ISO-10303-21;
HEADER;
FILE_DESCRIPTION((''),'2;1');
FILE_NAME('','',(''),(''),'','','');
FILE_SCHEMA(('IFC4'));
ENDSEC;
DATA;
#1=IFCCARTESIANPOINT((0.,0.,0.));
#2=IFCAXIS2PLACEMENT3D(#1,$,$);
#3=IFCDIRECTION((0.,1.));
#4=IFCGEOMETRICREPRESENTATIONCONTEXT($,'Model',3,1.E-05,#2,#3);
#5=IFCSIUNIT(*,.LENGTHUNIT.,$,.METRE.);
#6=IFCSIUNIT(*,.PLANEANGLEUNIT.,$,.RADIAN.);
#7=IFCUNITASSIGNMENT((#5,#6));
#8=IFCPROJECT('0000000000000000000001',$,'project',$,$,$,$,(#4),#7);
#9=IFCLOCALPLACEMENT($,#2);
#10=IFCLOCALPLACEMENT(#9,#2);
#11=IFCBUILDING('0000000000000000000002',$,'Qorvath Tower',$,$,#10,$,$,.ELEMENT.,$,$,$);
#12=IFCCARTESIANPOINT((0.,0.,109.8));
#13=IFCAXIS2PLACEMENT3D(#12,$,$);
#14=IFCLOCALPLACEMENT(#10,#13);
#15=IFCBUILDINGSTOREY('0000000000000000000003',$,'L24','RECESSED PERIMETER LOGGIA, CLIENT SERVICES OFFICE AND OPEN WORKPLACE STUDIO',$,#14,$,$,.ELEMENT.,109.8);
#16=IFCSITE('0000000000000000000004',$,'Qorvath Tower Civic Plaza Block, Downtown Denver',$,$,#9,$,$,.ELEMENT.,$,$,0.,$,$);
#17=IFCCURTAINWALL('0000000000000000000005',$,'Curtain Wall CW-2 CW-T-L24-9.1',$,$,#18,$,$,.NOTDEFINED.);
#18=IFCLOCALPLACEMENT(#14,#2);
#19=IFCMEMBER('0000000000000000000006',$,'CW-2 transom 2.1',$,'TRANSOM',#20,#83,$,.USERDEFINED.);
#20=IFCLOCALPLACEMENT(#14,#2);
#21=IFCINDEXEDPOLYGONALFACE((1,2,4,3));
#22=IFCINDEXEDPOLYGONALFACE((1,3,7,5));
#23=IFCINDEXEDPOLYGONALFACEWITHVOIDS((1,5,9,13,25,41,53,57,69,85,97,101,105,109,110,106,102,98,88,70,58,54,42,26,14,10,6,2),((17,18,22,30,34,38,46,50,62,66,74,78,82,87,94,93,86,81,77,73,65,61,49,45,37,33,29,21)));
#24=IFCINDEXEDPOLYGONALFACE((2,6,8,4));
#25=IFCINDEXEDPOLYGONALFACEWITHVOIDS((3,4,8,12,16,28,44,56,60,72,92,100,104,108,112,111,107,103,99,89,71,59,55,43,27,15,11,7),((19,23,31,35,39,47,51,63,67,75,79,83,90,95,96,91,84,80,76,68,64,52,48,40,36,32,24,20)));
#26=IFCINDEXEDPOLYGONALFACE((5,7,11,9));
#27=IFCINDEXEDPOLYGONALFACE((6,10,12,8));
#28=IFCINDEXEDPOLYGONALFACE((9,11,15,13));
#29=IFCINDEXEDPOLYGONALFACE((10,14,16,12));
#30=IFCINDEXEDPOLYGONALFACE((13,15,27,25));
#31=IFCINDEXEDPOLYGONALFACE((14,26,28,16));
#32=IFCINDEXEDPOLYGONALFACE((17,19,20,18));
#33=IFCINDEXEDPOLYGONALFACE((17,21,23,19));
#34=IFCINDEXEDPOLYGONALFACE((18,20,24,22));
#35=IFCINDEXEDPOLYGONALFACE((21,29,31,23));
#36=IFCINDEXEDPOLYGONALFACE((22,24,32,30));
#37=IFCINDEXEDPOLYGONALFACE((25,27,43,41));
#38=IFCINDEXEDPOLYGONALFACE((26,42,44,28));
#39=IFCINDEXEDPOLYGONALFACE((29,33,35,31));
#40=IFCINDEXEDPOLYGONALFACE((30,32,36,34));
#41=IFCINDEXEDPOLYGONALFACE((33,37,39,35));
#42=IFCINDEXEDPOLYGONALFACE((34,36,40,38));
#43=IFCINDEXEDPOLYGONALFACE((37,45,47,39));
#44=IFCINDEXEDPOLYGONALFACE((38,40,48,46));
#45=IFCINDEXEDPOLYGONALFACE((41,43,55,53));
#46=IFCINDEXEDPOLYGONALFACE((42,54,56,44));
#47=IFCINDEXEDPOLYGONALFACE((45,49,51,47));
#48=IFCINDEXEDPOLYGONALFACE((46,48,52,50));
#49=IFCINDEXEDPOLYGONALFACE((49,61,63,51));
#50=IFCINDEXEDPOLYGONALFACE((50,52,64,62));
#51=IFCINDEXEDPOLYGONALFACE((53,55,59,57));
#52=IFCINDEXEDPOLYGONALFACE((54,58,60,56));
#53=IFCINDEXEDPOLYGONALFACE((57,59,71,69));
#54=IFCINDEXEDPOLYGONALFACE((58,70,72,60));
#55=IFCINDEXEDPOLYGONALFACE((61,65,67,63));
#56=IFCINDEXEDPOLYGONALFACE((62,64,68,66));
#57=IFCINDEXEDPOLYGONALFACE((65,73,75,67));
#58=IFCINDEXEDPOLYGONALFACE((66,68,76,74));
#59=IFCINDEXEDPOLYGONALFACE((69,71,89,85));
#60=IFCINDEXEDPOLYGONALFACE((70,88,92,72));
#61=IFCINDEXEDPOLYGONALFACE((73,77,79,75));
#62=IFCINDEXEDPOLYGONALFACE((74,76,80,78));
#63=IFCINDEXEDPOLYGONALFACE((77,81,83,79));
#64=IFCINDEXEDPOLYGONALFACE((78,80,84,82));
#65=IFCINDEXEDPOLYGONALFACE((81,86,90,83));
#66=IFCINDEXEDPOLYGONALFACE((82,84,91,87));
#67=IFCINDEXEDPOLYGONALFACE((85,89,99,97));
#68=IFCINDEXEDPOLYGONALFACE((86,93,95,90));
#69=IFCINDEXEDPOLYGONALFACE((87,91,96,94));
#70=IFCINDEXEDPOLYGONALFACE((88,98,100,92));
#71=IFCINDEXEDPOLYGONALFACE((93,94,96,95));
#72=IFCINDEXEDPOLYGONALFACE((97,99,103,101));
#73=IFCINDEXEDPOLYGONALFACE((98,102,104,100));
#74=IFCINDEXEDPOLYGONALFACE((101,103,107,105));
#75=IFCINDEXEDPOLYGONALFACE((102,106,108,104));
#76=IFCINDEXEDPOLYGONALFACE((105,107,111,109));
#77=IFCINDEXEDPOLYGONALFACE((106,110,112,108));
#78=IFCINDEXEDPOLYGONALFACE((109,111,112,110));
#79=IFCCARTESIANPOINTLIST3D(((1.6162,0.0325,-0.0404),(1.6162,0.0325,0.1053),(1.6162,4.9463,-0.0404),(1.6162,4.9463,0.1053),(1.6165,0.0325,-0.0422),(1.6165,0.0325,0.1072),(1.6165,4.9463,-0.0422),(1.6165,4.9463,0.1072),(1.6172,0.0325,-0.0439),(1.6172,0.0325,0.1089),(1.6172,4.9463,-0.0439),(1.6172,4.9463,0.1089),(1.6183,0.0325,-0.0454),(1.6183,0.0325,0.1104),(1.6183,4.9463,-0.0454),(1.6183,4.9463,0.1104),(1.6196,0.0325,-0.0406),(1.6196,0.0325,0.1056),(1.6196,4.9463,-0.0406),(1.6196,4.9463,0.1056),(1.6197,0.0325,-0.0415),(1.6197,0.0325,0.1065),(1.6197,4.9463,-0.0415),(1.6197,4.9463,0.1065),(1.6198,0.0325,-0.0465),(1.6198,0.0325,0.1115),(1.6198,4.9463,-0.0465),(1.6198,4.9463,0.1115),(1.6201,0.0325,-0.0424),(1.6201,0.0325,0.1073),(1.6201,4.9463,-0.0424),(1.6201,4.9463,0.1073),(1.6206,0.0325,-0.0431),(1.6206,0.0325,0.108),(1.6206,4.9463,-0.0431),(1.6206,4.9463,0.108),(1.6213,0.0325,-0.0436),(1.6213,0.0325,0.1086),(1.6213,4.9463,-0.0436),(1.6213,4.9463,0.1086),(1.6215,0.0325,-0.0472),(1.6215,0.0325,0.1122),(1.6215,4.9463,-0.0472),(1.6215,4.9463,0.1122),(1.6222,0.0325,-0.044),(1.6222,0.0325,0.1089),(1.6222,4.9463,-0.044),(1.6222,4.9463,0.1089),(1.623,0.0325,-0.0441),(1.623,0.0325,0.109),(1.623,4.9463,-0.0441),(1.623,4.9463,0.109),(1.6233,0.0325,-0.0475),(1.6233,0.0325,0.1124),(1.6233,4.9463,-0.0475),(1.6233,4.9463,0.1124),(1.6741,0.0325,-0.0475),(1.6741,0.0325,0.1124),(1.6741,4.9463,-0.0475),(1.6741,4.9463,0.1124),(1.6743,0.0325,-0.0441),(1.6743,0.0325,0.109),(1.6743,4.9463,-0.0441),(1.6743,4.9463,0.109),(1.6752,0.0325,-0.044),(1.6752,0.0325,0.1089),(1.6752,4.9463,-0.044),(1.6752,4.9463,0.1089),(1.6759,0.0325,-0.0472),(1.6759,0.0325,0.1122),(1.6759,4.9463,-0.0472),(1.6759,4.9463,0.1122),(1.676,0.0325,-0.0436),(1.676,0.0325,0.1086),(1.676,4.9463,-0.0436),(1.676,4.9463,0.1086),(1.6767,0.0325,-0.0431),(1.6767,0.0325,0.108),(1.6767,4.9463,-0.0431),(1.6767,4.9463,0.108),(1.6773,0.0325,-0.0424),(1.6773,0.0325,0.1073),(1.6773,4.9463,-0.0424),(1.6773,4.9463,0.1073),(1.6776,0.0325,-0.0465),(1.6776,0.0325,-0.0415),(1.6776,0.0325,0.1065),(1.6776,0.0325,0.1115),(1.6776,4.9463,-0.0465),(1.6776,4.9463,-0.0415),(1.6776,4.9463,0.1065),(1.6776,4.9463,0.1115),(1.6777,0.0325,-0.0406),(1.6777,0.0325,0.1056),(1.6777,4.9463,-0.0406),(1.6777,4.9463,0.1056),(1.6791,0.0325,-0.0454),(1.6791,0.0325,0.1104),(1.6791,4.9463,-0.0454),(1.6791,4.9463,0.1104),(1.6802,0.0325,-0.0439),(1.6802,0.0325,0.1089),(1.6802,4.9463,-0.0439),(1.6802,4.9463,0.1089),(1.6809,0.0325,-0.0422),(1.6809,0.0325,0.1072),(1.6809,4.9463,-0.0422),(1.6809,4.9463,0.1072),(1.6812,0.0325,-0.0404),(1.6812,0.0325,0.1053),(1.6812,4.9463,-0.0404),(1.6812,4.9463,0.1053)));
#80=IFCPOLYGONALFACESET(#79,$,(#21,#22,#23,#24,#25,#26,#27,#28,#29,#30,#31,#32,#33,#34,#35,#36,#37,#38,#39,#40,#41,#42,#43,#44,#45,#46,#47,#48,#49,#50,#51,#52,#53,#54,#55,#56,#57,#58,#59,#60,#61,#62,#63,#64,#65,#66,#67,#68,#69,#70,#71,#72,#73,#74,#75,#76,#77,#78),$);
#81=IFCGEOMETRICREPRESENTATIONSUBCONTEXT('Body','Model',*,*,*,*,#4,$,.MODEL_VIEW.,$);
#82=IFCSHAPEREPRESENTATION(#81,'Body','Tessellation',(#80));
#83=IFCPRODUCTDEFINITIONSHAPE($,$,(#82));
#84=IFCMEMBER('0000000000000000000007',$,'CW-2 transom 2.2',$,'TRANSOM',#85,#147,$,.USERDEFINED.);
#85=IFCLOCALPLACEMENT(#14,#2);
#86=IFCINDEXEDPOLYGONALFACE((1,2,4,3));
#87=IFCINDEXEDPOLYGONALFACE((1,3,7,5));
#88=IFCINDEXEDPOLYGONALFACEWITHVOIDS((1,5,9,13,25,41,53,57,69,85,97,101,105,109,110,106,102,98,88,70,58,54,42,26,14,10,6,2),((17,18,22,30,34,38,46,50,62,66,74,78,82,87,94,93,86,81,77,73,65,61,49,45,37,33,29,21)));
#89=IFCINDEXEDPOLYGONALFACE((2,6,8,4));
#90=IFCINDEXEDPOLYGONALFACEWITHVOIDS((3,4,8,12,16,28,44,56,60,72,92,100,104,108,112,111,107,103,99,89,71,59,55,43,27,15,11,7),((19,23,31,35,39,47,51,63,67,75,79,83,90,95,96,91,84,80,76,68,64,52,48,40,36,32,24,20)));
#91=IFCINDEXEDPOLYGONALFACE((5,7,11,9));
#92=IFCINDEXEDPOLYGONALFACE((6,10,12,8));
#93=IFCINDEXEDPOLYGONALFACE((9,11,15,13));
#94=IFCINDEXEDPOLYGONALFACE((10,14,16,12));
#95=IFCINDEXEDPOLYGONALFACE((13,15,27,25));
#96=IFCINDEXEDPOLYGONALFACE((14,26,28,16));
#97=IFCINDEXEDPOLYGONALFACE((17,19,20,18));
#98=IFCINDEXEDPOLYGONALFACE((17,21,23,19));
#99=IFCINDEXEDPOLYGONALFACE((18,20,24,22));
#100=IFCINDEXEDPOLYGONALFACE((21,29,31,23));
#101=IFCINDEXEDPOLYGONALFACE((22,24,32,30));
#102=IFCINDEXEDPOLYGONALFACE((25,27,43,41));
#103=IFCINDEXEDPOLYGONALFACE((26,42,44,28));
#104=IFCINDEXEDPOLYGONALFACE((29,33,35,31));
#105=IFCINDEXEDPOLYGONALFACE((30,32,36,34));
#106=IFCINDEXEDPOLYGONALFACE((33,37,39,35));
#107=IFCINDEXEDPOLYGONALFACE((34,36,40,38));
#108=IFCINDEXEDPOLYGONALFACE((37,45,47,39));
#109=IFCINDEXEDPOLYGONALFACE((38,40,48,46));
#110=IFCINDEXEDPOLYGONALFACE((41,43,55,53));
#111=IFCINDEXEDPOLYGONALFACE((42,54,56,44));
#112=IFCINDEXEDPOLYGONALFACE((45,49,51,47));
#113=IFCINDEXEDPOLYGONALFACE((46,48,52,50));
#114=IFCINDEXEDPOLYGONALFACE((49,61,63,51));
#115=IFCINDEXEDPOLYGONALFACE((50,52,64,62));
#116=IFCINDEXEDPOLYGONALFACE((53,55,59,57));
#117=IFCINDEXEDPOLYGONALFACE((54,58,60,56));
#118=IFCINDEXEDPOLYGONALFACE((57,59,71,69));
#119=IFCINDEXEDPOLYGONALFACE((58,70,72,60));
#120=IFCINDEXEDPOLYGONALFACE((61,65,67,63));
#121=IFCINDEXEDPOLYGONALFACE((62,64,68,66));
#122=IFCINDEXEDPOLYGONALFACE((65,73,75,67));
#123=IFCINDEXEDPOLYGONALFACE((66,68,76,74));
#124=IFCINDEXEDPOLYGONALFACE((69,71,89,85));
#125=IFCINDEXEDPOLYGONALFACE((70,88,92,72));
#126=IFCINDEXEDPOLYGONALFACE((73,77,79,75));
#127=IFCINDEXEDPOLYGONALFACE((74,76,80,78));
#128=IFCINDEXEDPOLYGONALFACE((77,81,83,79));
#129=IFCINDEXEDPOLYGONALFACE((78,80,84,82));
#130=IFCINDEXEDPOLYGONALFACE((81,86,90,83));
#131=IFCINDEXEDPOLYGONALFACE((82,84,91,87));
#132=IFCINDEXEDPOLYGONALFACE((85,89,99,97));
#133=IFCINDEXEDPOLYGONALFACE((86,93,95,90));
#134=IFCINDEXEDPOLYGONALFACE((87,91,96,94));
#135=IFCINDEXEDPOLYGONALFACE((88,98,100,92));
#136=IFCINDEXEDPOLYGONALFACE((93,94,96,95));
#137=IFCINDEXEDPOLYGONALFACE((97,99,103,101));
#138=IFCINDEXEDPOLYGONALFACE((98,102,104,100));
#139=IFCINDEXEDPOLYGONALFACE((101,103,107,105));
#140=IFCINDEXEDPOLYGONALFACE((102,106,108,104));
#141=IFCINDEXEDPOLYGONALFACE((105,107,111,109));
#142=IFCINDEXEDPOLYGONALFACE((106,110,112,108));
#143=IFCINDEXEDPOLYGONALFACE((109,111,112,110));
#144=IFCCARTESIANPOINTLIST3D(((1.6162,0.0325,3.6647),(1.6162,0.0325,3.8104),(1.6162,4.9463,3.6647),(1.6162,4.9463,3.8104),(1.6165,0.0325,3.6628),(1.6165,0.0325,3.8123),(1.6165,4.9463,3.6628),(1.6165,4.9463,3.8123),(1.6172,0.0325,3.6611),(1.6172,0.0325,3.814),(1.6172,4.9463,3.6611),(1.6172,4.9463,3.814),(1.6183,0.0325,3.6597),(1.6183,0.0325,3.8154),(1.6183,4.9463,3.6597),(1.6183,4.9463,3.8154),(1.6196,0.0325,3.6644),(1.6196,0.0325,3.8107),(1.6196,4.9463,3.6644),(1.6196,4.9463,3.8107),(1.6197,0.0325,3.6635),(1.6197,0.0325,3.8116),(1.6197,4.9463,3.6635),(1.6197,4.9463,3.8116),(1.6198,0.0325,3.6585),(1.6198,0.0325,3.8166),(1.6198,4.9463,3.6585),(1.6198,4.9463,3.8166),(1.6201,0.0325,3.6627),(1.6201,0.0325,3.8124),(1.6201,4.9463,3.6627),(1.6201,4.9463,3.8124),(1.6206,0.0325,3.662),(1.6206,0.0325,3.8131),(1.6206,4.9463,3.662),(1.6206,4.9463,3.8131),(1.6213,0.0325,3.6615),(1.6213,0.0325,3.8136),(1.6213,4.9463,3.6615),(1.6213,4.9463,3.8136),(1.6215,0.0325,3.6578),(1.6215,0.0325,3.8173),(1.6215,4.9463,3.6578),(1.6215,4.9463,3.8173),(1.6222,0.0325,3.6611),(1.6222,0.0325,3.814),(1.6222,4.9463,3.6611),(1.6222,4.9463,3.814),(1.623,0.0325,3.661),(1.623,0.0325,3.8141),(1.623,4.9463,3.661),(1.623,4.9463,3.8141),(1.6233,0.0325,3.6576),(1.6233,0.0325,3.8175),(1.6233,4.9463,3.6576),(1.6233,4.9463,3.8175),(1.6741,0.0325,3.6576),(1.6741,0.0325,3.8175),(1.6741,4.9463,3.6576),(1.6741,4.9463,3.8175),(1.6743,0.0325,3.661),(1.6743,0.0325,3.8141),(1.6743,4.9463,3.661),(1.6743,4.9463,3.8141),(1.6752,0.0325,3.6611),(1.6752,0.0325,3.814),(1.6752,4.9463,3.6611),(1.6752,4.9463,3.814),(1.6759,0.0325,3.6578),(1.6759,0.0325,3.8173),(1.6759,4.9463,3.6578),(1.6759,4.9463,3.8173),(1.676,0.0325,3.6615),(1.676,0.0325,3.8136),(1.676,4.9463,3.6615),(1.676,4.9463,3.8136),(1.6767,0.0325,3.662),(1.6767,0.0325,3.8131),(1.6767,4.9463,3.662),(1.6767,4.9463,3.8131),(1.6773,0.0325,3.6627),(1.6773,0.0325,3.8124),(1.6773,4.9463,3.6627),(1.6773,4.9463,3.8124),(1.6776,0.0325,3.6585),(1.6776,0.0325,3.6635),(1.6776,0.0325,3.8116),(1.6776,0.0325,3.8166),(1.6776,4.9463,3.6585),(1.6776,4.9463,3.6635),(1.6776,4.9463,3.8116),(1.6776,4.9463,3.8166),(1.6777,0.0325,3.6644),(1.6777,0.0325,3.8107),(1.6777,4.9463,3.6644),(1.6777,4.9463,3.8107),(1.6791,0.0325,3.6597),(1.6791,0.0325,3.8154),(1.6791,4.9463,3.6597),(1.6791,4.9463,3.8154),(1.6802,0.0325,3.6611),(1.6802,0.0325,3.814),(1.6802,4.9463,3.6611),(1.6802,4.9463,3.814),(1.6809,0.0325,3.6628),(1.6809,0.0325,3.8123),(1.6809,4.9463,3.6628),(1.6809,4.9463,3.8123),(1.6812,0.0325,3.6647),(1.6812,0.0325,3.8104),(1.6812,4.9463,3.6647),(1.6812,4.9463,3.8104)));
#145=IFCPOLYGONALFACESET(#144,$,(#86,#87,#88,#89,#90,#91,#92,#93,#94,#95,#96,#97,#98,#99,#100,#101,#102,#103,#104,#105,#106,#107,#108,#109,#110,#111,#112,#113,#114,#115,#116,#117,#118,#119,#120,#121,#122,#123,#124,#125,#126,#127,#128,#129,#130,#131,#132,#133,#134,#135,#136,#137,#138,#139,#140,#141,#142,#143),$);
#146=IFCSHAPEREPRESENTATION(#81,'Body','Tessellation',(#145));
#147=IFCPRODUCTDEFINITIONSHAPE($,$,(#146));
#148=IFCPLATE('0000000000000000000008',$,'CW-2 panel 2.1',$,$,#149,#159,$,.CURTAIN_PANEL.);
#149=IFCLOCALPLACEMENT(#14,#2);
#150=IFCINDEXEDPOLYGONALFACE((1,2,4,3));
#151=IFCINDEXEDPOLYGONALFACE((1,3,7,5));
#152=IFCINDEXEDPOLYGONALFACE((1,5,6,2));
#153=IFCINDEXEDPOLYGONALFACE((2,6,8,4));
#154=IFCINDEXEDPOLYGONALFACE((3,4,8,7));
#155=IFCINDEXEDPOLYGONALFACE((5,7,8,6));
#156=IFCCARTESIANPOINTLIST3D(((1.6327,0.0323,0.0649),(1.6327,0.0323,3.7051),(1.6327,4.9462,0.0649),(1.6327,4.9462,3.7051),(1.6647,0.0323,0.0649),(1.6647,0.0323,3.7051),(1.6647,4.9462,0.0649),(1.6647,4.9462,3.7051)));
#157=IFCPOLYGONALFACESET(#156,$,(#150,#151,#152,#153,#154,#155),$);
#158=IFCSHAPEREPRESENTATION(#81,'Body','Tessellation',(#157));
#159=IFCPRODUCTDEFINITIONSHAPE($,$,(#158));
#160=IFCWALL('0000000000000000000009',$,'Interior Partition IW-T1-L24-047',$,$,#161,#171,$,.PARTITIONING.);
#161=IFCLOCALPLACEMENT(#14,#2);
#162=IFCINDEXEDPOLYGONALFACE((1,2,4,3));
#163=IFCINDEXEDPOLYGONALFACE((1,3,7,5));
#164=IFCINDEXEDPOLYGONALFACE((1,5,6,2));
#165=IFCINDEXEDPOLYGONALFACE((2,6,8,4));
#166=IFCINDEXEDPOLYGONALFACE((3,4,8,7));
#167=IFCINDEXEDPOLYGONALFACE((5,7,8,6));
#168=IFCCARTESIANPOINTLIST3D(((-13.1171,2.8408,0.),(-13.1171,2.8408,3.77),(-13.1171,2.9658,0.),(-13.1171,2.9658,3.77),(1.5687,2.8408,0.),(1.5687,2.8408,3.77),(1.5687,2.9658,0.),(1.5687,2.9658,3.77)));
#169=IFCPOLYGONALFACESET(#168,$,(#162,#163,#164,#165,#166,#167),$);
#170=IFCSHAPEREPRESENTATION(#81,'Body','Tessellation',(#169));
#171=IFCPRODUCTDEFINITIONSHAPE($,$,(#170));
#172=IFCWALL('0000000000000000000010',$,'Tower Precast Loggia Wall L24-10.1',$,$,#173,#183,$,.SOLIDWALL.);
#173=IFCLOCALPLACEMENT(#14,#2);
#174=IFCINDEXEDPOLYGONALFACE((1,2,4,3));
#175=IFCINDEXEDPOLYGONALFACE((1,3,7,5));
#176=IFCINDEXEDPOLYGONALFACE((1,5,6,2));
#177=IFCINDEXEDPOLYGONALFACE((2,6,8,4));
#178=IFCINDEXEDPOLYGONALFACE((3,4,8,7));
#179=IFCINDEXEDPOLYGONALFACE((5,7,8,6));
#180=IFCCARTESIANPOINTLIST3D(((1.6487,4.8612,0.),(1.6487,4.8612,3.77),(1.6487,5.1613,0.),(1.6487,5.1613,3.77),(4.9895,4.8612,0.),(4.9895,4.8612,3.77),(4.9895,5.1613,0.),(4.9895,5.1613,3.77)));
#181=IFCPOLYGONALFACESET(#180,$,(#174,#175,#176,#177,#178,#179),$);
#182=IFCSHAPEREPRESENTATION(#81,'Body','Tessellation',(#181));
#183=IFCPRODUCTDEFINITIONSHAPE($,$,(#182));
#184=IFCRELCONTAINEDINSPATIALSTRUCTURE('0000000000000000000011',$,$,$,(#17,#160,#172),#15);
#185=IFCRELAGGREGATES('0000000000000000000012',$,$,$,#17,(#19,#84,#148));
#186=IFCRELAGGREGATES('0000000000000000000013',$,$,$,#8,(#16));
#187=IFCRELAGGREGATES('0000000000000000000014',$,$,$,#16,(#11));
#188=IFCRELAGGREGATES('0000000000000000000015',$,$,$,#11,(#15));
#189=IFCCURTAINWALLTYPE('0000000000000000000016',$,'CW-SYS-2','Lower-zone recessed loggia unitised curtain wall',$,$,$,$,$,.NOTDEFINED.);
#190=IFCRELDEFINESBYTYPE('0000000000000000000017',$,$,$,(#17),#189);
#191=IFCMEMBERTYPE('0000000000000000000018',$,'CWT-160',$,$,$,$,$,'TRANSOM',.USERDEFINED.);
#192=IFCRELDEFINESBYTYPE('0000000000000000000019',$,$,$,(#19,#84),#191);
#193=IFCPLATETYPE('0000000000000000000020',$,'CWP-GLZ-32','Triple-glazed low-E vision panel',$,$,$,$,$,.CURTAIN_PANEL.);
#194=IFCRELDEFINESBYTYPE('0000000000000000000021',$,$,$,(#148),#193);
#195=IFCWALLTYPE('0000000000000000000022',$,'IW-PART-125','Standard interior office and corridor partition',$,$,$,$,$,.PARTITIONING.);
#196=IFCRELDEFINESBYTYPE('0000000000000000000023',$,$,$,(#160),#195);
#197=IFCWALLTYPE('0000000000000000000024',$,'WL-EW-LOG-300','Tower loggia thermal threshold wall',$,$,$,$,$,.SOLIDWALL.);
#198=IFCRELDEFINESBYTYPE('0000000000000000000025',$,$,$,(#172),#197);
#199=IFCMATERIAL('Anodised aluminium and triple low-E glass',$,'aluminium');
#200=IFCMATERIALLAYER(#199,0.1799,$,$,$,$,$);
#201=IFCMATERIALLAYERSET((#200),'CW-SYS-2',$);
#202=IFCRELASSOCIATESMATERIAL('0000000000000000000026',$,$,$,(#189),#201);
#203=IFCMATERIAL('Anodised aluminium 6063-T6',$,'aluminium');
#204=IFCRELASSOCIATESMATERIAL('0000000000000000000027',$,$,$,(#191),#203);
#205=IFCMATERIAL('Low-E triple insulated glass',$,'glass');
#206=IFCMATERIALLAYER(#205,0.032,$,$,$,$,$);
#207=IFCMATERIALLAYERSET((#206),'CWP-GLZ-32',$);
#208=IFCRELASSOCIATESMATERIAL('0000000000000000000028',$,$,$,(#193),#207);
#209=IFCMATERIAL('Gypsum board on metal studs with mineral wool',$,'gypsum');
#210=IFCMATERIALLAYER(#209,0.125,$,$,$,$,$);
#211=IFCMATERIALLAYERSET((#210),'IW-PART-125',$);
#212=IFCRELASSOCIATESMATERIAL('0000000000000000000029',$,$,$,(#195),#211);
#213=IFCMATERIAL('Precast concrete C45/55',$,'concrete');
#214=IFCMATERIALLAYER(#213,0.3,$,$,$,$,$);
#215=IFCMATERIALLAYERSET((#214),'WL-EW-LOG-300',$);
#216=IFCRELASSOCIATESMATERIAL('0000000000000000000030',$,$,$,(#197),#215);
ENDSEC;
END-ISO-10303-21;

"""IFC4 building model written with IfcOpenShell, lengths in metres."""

from ifc_helpers import new_model, si_unit, direction, frame, frame_2d, origin, origin_2d, place, context, subcontext, project, spatial, rectangle, hollow_rectangle, extrude, material, layer, layer_set, material_profile, profile_set, type_object, element, aggregate, save


model = new_model("IFC4")

# Units and contexts
model_context = context("Model", 3, precision=1e-05, world=origin(), true_north=direction((0.0, 1.0)))
body_context = subcontext(model_context, "Body", "Model", "MODEL_VIEW")
ifc_project = project(units=[si_unit("LENGTHUNIT", "METRE"), si_unit("PLANEANGLEUNIT", "RADIAN")], contexts=[model_context])

# Site, building, storey
site_placement = place(None, origin())
site = spatial("IfcSite", under=ifc_project, at=site_placement, Name="Qorvath Tower Civic Plaza Block, Downtown Denver", CompositionType="ELEMENT", RefElevation=0.0)
building_placement = place(site_placement, origin())
building = spatial("IfcBuilding", under=site, at=building_placement, Name="Qorvath Tower", CompositionType="ELEMENT")
storey_placement = place(building_placement, frame((0.0, 0.0, 109.8)))
storey = spatial("IfcBuildingStorey", under=building, at=storey_placement, Name="L24", Description="RECESSED PERIMETER LOGGIA, CLIENT SERVICES OFFICE AND OPEN WORKPLACE STUDIO", CompositionType="ELEMENT", Elevation=109.8)

# Curtain wall, members, plate
ifc_material_1 = material(Name="Anodised aluminium and triple low-E glass", Category="aluminium")
ifc_layer_1 = layer(ifc_material_1, 0.1799)
ifc_layer_set_1 = layer_set([ifc_layer_1], Name="CW-SYS-2")
curtain_wall_type = type_object("IfcCurtainWallType", Name="CW-SYS-2", Description="Lower-zone recessed loggia unitised curtain wall", PredefinedType="NOTDEFINED", material=ifc_layer_set_1)
curtain_wall_placement = place(storey_placement, origin())
curtain_wall = element("IfcCurtainWall", 1, at=curtain_wall_placement, inside=storey, type_object=curtain_wall_type, Name="Curtain Wall CW-2 CW-T-L24-9.1", PredefinedType="NOTDEFINED")
ifc_material_2 = material(Name="Anodised aluminium 6063-T6", Category="aluminium")
ifc_material_profile_1 = material_profile(ifc_material_2, hollow_rectangle(XDim=0.0649, YDim=0.1599, WallThickness=0.0034, InnerFilletRadius=0.0034, OuterFilletRadius=0.0071, at=origin_2d()), Name="CWT 160x65")
ifc_profile_set_1 = profile_set([ifc_material_profile_1], Name="Anodised aluminium 6063-T6")
member_type_1 = type_object("IfcMemberType", Name="CWT-160", ElementType="TRANSOM", PredefinedType="USERDEFINED", material=ifc_profile_set_1)
member_1_placement = place(storey_placement, frame((1.6487, 0.0325, 0.0325), z_axis=(0.0, 1.0, 0.0), x_axis=(-1.0, 0.0, 0.0)))
member_1 = element("IfcMember", 2, at=member_1_placement, type_object=member_type_1, Name="CW-2 transom 2.1", ObjectType="TRANSOM", PredefinedType="USERDEFINED", context=body_context, shape_type="SweptSolid", body=[
    extrude(hollow_rectangle(XDim=0.0649, YDim=0.1599, WallThickness=0.0034, InnerFilletRadius=0.0034, OuterFilletRadius=0.0071, at=origin_2d()), origin(), (0.0, 0.0, 1.0), 4.9138),
])
member_2_placement = place(storey_placement, frame((1.6487, 0.0325, 3.7375), z_axis=(0.0, 1.0, 0.0), x_axis=(-1.0, 0.0, 0.0)))
member_2 = element("IfcMember", 3, at=member_2_placement, type_object=member_type_1, Name="CW-2 transom 2.2", ObjectType="TRANSOM", PredefinedType="USERDEFINED", context=body_context, shape_type="SweptSolid", body=[
    extrude(hollow_rectangle(XDim=0.0649, YDim=0.1599, WallThickness=0.0034, InnerFilletRadius=0.0034, OuterFilletRadius=0.0071, at=origin_2d()), origin(), (0.0, 0.0, 1.0), 4.9138),
])
ifc_material_3 = material(Name="Low-E triple insulated glass", Category="glass")
ifc_layer_2 = layer(ifc_material_3, 0.032)
ifc_layer_set_2 = layer_set([ifc_layer_2], Name="CWP-GLZ-32")
plate_type = type_object("IfcPlateType", Name="CWP-GLZ-32", Description="Triple-glazed low-E vision panel", PredefinedType="CURTAIN_PANEL", material=ifc_layer_set_2)
plate_placement = place(storey_placement, frame((1.6487, 2.4893, 0.0649), z_axis=(0.0, 0.0, 1.0), x_axis=(0.0, 1.0, 0.0)))
plate = element("IfcPlate", 4, at=plate_placement, type_object=plate_type, Name="CW-2 panel 2.1", PredefinedType="CURTAIN_PANEL", context=body_context, shape_type="SweptSolid", body=[
    extrude(rectangle(XDim=4.9138, YDim=0.032, at=origin_2d()), origin(), (0.0, 0.0, 1.0), 3.6401),
])
aggregate(curtain_wall, [member_1, member_2, plate])

# Walls
ifc_material_4 = material(Name="Gypsum board on metal studs with mineral wool", Category="gypsum")
ifc_layer_3 = layer(ifc_material_4, 0.125)
ifc_layer_set_3 = layer_set([ifc_layer_3], Name="IW-PART-125")
wall_type_1 = type_object("IfcWallType", Name="IW-PART-125", Description="Standard interior office and corridor partition", PredefinedType="PARTITIONING", material=ifc_layer_set_3)
wall_1_placement = place(storey_placement, frame((1.5686, 2.9033, 0.0), z_axis=(0.0, 0.0, 1.0), x_axis=(-1.0, 0.0, 0.0)))
element("IfcWall", 5, at=wall_1_placement, inside=storey, type_object=wall_type_1, Name="Interior Partition IW-T1-L24-047", PredefinedType="PARTITIONING", context=body_context, shape_type="SweptSolid", body=[
    extrude(rectangle(XDim=14.6858, YDim=0.125, at=frame_2d((7.3428, 0.0))), origin(), (0.0, 0.0, 1.0), 3.77),
])
ifc_material_5 = material(Name="Precast concrete C45/55", Category="concrete")
ifc_layer_4 = layer(ifc_material_5, 0.3)
ifc_layer_set_4 = layer_set([ifc_layer_4], Name="WL-EW-LOG-300")
wall_type_2 = type_object("IfcWallType", Name="WL-EW-LOG-300", Description="Tower loggia thermal threshold wall", PredefinedType="SOLIDWALL", material=ifc_layer_set_4)
wall_2_placement = place(storey_placement, frame((1.6487, 5.0112, 0.0), z_axis=(0.0, 0.0, 1.0), x_axis=(1.0, 0.0, 0.0)))
element("IfcWall", 6, at=wall_2_placement, inside=storey, type_object=wall_type_2, Name="Tower Precast Loggia Wall L24-10.1", PredefinedType="SOLIDWALL", context=body_context, shape_type="SweptSolid", body=[
    extrude(rectangle(XDim=3.3408, YDim=0.3, at=frame_2d((1.6704, 0.0))), origin(), (0.0, 0.0, 1.0), 3.77),
])

save(model, "model.ifc")
